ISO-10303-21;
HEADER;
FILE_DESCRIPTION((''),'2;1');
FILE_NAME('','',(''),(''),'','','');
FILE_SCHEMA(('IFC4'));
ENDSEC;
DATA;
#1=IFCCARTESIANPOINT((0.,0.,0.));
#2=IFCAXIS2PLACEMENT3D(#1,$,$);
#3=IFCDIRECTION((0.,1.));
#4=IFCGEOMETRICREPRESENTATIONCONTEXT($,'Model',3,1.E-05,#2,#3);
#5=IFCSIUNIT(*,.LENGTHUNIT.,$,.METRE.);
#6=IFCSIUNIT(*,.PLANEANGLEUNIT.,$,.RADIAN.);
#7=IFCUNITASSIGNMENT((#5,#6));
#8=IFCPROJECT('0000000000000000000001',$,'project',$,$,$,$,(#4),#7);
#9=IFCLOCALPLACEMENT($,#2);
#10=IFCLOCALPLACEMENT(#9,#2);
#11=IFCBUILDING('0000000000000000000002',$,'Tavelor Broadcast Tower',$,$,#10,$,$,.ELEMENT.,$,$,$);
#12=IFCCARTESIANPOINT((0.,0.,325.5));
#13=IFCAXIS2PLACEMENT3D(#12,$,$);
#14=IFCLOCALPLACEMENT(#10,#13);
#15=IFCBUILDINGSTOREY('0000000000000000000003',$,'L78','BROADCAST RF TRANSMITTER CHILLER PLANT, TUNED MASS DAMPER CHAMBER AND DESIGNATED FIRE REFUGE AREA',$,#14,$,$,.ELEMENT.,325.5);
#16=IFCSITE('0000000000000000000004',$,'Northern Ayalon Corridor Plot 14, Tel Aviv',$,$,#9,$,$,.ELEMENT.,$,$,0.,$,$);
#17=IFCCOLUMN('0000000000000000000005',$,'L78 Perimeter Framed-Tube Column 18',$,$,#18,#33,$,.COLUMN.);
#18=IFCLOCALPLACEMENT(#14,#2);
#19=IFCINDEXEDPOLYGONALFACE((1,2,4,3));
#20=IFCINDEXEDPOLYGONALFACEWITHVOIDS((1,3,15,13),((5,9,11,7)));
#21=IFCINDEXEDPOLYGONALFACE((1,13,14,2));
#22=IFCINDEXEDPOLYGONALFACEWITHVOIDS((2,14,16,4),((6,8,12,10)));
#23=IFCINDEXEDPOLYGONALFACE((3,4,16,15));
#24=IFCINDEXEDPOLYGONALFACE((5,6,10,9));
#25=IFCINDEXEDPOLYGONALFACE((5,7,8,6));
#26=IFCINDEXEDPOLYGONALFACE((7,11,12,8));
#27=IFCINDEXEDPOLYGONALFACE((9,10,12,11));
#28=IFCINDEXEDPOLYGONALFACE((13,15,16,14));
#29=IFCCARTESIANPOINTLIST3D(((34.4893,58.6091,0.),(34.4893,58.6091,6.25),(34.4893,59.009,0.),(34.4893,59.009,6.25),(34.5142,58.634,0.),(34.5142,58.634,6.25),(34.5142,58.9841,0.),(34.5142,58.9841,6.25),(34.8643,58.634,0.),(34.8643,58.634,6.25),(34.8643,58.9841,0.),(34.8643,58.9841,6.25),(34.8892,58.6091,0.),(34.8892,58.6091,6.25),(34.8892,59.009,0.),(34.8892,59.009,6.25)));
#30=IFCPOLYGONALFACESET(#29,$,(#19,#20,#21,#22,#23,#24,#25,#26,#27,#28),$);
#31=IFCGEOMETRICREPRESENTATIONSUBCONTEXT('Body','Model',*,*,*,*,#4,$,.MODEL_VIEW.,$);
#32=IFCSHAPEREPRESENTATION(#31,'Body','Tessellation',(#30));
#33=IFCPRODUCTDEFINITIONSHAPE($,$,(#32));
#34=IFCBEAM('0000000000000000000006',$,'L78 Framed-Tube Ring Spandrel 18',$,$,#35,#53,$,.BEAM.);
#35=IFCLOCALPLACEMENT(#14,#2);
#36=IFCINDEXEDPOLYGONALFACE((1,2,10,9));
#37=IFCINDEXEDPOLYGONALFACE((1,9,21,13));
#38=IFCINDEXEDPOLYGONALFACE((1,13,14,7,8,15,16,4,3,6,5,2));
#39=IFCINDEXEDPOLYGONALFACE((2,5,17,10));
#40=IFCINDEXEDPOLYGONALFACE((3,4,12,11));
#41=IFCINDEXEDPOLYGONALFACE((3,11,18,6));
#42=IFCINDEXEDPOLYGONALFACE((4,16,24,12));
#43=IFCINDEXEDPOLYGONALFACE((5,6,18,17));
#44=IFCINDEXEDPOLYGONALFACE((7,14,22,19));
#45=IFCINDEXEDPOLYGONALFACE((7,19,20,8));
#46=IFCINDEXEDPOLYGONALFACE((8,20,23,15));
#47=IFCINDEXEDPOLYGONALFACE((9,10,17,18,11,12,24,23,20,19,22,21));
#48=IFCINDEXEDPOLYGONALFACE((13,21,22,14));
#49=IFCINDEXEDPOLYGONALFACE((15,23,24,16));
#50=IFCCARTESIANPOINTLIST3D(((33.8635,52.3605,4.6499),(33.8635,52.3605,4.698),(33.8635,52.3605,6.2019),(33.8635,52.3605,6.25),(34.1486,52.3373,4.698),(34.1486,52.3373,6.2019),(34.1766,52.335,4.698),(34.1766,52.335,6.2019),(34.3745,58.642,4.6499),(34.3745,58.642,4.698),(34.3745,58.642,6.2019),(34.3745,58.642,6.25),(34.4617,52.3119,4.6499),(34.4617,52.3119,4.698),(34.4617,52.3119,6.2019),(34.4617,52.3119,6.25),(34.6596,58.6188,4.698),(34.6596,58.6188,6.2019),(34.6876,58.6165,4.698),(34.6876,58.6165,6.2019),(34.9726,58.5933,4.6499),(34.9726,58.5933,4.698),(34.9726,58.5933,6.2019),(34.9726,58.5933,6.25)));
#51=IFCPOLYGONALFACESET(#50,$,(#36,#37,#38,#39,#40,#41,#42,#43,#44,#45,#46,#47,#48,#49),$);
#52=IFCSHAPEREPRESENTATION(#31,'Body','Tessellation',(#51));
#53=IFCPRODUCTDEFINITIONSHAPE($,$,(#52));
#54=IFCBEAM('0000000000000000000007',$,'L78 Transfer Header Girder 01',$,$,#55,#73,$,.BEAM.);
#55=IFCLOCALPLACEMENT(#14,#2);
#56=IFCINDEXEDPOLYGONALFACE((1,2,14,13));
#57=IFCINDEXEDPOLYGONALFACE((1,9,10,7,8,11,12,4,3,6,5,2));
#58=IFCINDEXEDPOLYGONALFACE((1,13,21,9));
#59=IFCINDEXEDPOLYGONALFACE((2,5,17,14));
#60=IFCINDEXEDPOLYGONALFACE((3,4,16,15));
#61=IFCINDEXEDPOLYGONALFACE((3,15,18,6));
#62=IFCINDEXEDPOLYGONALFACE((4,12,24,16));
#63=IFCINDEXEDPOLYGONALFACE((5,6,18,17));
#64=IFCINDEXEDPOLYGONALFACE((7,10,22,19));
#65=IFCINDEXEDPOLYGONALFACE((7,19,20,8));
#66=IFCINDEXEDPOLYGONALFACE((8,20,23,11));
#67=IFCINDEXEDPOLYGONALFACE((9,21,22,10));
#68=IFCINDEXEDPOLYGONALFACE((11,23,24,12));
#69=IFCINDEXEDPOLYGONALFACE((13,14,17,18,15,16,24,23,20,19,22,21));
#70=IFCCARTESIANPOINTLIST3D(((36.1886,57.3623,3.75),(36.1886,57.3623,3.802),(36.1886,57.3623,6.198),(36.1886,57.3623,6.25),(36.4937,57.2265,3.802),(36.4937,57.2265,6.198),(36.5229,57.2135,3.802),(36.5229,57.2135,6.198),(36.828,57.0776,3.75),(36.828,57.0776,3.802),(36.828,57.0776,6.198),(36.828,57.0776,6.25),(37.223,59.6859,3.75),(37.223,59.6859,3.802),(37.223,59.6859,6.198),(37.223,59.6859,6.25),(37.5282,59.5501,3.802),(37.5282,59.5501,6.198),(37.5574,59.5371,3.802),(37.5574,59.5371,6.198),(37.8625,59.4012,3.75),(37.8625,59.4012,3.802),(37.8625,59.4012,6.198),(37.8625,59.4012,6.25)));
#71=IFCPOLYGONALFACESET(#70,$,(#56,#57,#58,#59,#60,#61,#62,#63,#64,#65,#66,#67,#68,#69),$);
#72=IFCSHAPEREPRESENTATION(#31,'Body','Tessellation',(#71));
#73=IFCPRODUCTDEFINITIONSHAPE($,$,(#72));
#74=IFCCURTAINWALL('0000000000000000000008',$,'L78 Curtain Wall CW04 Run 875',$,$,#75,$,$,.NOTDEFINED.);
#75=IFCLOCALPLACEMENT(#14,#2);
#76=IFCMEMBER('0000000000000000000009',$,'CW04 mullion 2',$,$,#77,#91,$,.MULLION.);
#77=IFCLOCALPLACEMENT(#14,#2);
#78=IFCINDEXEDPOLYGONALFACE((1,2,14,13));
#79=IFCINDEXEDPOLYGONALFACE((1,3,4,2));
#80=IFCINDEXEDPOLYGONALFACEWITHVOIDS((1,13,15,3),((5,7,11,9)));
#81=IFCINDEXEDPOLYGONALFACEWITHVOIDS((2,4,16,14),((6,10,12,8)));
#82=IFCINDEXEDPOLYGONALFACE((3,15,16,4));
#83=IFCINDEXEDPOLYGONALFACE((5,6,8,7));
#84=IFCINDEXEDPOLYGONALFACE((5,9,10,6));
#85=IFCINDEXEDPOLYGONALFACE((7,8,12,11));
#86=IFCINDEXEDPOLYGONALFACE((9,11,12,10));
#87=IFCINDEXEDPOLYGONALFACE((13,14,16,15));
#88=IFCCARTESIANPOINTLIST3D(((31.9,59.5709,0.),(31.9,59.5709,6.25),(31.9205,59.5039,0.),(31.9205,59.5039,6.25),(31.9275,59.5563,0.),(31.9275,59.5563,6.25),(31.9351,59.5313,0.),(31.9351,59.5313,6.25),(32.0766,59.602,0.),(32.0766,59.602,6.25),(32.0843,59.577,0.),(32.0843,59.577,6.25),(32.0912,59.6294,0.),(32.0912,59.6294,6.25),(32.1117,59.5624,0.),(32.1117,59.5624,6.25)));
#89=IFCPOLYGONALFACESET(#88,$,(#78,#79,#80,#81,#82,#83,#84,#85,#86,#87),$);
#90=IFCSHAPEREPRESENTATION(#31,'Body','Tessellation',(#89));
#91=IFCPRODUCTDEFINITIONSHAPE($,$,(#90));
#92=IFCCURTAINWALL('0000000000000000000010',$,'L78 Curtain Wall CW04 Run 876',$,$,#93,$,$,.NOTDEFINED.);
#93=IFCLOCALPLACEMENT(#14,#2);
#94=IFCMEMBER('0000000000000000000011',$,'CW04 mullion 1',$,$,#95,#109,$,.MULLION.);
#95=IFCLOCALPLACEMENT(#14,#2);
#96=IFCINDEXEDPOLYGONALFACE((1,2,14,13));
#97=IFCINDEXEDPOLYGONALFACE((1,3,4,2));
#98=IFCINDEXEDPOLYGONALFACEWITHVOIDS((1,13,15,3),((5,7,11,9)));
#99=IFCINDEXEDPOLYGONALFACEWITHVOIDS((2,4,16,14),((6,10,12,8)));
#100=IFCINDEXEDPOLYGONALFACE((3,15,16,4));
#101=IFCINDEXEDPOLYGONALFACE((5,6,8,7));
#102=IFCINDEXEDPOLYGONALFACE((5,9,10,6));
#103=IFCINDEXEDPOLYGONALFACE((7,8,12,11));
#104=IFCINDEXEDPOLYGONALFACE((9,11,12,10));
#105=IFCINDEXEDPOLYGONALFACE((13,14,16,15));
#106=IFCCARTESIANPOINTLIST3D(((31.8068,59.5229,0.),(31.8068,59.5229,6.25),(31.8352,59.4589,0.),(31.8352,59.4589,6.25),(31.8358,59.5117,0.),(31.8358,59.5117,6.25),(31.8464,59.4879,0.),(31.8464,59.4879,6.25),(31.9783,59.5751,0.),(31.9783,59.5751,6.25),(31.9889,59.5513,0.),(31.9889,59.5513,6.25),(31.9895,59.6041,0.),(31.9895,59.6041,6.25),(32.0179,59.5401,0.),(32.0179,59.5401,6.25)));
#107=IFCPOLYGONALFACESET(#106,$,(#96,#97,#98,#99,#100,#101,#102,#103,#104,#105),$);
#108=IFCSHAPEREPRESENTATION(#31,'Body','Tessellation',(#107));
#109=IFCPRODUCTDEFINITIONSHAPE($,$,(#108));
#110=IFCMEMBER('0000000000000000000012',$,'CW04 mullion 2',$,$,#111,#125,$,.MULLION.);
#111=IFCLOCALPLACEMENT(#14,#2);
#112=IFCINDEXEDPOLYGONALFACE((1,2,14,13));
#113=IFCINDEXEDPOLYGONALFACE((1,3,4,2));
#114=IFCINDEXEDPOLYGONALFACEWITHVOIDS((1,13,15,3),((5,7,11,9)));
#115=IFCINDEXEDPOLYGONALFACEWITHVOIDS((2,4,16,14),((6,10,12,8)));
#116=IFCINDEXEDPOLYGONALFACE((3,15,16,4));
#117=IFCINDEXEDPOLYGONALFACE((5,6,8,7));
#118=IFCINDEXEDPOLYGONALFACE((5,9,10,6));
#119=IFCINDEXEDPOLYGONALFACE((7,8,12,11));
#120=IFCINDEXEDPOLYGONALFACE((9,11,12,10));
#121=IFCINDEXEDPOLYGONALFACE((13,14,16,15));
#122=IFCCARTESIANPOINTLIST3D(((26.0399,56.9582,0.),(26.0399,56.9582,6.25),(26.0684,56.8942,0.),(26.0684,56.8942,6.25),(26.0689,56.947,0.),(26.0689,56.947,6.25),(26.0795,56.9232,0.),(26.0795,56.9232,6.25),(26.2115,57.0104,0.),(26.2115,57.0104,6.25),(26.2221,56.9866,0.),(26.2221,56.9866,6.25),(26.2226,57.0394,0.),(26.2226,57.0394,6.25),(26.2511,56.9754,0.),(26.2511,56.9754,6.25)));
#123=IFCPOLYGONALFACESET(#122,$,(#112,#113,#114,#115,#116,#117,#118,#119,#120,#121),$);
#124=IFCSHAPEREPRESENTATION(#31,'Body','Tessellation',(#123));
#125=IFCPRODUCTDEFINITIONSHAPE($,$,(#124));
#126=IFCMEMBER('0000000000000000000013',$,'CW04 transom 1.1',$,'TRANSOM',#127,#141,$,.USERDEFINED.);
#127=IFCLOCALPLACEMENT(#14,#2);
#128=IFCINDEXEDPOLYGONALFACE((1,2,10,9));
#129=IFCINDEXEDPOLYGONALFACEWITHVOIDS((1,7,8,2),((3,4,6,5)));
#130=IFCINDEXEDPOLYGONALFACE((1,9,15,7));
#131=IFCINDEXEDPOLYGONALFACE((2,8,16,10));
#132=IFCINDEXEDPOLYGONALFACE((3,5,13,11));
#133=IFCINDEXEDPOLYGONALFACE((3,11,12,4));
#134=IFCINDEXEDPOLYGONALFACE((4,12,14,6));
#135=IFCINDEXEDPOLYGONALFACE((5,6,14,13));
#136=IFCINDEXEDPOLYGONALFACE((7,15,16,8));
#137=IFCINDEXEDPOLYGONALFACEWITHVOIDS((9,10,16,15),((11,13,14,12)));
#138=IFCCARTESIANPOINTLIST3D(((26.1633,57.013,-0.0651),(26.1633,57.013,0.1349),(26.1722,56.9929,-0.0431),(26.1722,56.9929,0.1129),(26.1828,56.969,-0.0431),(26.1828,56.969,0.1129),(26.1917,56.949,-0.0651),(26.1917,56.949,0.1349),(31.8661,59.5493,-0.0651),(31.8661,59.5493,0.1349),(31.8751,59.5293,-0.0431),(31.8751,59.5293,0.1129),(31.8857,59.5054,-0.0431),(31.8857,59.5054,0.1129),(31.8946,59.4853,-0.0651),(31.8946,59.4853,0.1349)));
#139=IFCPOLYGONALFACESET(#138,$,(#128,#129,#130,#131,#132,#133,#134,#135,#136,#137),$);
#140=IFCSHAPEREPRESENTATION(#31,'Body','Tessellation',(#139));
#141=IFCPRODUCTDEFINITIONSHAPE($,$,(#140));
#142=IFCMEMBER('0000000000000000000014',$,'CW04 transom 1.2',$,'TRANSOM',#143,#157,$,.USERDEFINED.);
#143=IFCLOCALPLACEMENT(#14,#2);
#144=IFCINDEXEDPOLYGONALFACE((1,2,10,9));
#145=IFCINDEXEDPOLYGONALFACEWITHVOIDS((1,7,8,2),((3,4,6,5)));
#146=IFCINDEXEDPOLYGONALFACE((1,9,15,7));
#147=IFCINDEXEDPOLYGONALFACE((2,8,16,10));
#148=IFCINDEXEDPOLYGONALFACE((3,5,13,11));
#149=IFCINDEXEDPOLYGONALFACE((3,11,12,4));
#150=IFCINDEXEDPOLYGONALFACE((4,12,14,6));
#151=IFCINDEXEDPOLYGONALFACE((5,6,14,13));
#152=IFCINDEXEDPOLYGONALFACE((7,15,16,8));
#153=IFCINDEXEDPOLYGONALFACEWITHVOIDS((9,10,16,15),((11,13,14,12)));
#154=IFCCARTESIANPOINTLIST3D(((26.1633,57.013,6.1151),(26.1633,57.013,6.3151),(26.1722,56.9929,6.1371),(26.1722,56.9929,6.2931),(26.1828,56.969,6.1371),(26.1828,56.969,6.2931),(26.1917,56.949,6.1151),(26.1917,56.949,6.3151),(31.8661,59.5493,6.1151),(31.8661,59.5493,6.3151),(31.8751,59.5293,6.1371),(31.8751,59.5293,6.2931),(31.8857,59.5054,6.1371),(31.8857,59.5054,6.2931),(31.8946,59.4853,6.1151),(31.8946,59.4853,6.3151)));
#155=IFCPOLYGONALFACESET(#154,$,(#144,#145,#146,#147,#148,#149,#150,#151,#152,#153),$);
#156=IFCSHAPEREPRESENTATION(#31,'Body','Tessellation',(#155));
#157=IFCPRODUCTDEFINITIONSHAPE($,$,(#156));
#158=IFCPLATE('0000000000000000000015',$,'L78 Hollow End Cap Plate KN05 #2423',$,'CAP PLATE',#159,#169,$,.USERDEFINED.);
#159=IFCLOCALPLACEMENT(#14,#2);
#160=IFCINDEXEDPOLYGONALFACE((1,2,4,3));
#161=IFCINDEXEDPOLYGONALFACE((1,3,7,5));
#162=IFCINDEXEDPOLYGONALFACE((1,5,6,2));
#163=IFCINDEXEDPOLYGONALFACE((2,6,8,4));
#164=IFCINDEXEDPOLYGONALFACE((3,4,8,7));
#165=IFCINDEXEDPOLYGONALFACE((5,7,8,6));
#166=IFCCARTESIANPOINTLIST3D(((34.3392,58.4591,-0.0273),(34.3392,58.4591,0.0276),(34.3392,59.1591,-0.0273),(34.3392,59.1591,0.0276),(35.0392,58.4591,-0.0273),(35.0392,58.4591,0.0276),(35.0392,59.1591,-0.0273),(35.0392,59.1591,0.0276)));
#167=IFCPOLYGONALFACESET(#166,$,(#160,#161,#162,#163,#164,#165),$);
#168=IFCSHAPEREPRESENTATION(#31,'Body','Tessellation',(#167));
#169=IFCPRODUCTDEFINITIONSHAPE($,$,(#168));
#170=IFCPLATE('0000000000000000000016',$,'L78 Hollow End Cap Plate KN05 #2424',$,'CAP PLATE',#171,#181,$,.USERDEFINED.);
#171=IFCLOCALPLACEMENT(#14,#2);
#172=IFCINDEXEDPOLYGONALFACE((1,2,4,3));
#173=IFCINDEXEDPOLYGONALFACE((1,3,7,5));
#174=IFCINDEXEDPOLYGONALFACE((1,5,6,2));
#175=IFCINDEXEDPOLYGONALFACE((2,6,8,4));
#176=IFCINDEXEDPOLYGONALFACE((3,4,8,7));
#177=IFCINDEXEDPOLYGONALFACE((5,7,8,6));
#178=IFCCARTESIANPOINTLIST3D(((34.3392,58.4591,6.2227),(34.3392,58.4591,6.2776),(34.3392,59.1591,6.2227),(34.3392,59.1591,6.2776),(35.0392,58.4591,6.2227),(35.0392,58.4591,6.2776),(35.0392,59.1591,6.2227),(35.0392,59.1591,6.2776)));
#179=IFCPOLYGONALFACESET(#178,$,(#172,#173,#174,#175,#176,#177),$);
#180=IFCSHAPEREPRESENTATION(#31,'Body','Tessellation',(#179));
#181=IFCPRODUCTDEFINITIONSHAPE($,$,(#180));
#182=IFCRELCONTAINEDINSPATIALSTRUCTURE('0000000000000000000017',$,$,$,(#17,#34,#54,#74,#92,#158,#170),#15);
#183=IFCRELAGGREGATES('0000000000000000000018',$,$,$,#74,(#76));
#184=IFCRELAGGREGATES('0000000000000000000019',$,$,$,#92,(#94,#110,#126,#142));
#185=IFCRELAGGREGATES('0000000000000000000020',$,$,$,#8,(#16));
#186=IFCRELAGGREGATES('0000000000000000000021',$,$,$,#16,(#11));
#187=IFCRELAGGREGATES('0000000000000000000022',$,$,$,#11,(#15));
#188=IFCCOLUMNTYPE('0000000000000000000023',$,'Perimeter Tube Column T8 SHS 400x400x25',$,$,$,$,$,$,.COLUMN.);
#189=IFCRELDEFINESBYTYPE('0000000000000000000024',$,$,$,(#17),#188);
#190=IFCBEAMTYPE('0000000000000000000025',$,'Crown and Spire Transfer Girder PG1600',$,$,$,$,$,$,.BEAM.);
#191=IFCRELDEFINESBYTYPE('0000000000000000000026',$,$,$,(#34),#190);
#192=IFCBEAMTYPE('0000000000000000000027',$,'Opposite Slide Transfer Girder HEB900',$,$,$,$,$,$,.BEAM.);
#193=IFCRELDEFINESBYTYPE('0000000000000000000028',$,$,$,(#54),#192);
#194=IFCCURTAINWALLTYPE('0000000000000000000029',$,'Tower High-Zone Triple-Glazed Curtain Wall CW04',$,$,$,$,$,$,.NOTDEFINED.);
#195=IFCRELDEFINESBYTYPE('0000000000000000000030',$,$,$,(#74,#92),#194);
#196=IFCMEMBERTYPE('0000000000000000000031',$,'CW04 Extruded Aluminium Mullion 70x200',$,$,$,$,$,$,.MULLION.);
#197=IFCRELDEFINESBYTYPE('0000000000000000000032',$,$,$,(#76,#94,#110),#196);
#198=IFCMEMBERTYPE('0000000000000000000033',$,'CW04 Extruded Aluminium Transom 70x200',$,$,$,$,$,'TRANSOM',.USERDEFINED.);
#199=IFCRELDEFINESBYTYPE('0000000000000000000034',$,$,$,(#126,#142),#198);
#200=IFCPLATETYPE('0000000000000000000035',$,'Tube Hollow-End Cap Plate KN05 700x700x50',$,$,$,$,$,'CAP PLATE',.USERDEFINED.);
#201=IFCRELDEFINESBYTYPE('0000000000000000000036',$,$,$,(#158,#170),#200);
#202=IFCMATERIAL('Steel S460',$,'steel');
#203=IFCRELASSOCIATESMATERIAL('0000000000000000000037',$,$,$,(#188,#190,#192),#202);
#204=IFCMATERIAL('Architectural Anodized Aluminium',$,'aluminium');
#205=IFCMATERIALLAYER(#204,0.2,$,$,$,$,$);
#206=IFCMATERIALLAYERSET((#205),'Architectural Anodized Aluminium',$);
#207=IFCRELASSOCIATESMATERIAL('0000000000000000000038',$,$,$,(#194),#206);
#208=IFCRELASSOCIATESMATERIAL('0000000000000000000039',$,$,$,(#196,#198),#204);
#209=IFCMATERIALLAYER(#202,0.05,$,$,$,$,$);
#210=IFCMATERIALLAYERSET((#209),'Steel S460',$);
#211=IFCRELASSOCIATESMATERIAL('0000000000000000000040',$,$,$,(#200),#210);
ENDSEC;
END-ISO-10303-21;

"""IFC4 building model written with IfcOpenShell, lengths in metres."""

from ifc_helpers import new_model, si_unit, direction, frame, origin, origin_2d, place, context, subcontext, project, spatial, rectangle, hollow_rectangle, i_section, extrude, source, transform, mapped, material, layer, layer_set, material_profile, profile_set, type_object, type_shapes, element, aggregate, save


model = new_model("IFC4")

# Units and contexts
model_context = context("Model", 3, precision=1e-05, world=origin(), true_north=direction((0.0, 1.0)))
body_context = subcontext(model_context, "Body", "Model", "MODEL_VIEW")
ifc_project = project(units=[si_unit("LENGTHUNIT", "METRE"), si_unit("PLANEANGLEUNIT", "RADIAN")], contexts=[model_context])

# Site, building, storey
site_placement = place(None, origin())
site = spatial("IfcSite", under=ifc_project, at=site_placement, Name="Northern Ayalon Corridor Plot 14, Tel Aviv", CompositionType="ELEMENT", RefElevation=0.0)
building_placement = place(site_placement, origin())
building = spatial("IfcBuilding", under=site, at=building_placement, Name="Tavelor Broadcast Tower", CompositionType="ELEMENT")
storey_placement = place(building_placement, frame((0.0, 0.0, 325.5)))
storey = spatial("IfcBuildingStorey", under=building, at=storey_placement, Name="L78", Description="BROADCAST RF TRANSMITTER CHILLER PLANT, TUNED MASS DAMPER CHAMBER AND DESIGNATED FIRE REFUGE AREA", CompositionType="ELEMENT", Elevation=325.5)

# Column
ifc_material_1 = material(Name="Steel S460", Category="steel")
ifc_material_profile_1 = material_profile(ifc_material_1, hollow_rectangle(XDim=0.3999, YDim=0.3999, WallThickness=0.0249, at=origin_2d()), Name="SHS 400x400x25")
ifc_profile_set_1 = profile_set([ifc_material_profile_1], Name="Steel S460")
column_type = type_object("IfcColumnType", Name="Perimeter Tube Column T8 SHS 400x400x25", PredefinedType="COLUMN", material=ifc_profile_set_1)
column_placement = place(storey_placement, frame((34.6892, 58.8091, 0.0), z_axis=(0.0, 0.0, 1.0), x_axis=(1.0, 0.0, 0.0)))
element("IfcColumn", 1, at=column_placement, inside=storey, type_object=column_type, Name="L78 Perimeter Framed-Tube Column 18", PredefinedType="COLUMN", context=body_context, shape_type="SweptSolid", body=[
    extrude(hollow_rectangle(XDim=0.3999, YDim=0.3999, WallThickness=0.0249, at=origin_2d()), origin(), (0.0, 0.0, 1.0), 6.25),
])

# Beams
ifc_material_profile_2 = material_profile(ifc_material_1, i_section(OverallWidth=0.6001, OverallDepth=1.6001, WebThickness=0.0281, FlangeThickness=0.0481, at=origin_2d()), Name="PG 1600x600")
ifc_profile_set_2 = profile_set([ifc_material_profile_2], Name="Steel S460")
beam_type_1 = type_object("IfcBeamType", Name="Crown and Spire Transfer Girder PG1600", PredefinedType="BEAM", material=ifc_profile_set_2)
beam_1_placement = place(storey_placement, frame((34.6736, 58.6177, 5.45), z_axis=(-0.08108, -0.996708, 0.0), x_axis=(0.996708, -0.08108, 0.0)))
element("IfcBeam", 2, at=beam_1_placement, inside=storey, type_object=beam_type_1, Name="L78 Framed-Tube Ring Spandrel 18", PredefinedType="BEAM", context=body_context, shape_type="SweptSolid", body=[
    extrude(i_section(OverallWidth=0.6001, OverallDepth=1.6001, WebThickness=0.0281, FlangeThickness=0.0481, at=origin_2d()), origin(), (0.0, 0.0, 1.0), 6.3022),
])
ifc_material_profile_3 = material_profile(ifc_material_1, i_section(OverallWidth=0.7, OverallDepth=2.5, WebThickness=0.032, FlangeThickness=0.052, at=origin_2d()), Name="PG 2500x700")
ifc_profile_set_3 = profile_set([ifc_material_profile_3], Name="Steel S460")
beam_type_2 = type_object("IfcBeamType", Name="Opposite Slide Transfer Girder HEB900", PredefinedType="BEAM", material=ifc_profile_set_3)
beam_2_placement = place(storey_placement, frame((36.5083, 57.22, 5.0), z_axis=(0.406717, 0.913554, 0.0), x_axis=(-0.913554, 0.406717, 0.0)))
element("IfcBeam", 3, at=beam_2_placement, inside=storey, type_object=beam_type_2, Name="L78 Transfer Header Girder 01", PredefinedType="BEAM", context=body_context, shape_type="SweptSolid", body=[
    extrude(i_section(OverallWidth=0.7, OverallDepth=2.5, WebThickness=0.032, FlangeThickness=0.052, at=origin_2d()), origin(), (0.0, 0.0, 1.0), 2.5435),
])

# Curtain wall, member
ifc_material_2 = material(Name="Architectural Anodized Aluminium", Category="aluminium")
ifc_layer_1 = layer(ifc_material_2, 0.2)
ifc_layer_set_1 = layer_set([ifc_layer_1], Name="Architectural Anodized Aluminium")
curtain_wall_type = type_object("IfcCurtainWallType", Name="Tower High-Zone Triple-Glazed Curtain Wall CW04", PredefinedType="NOTDEFINED", material=ifc_layer_set_1)
curtain_wall_1_placement = place(storey_placement, origin())
curtain_wall_1 = element("IfcCurtainWall", 4, at=curtain_wall_1_placement, inside=storey, type_object=curtain_wall_type, Name="L78 Curtain Wall CW04 Run 875", PredefinedType="NOTDEFINED")
ifc_material_profile_4 = material_profile(ifc_material_2, hollow_rectangle(XDim=0.0701, YDim=0.2, WallThickness=0.022, at=origin_2d()), Name="RHS 70x200x22")
ifc_profile_set_4 = profile_set([ifc_material_profile_4], Name="Architectural Anodized Aluminium")
member_type_1 = type_object("IfcMemberType", Name="CW04 Extruded Aluminium Mullion 70x200", PredefinedType="MULLION", material=ifc_profile_set_4)
shared_shape_1 = source(origin(), body_context, "Body", "SweptSolid", [
    extrude(hollow_rectangle(XDim=0.0701, YDim=0.2, WallThickness=0.022, at=origin_2d()), origin(), (0.0, 0.0, 1.0), 6.25),
])
type_shapes(member_type_1, [shared_shape_1])
member_1_placement = place(storey_placement, frame((32.0059, 59.5667, 0.0), z_axis=(0.0, 0.0, 1.0), x_axis=(0.292813, -0.95617, 0.0)))
member_1 = element("IfcMember", 5, at=member_1_placement, type_object=member_type_1, Name="CW04 mullion 2", PredefinedType="MULLION", context=body_context, shape_type="MappedRepresentation", body=[
    mapped(shared_shape_1, transform((0.0, 0.0, 0.0), scale=1.0)),
])

# Curtain wall, members
curtain_wall_2_placement = place(storey_placement, origin())
curtain_wall_2 = element("IfcCurtainWall", 6, at=curtain_wall_2_placement, inside=storey, type_object=curtain_wall_type, Name="L78 Curtain Wall CW04 Run 876", PredefinedType="NOTDEFINED")
member_2_placement = place(storey_placement, frame((31.9124, 59.5315, 0.0), z_axis=(0.0, 0.0, 1.0), x_axis=(0.406365, -0.913711, 0.0)))
member_2 = element("IfcMember", 7, at=member_2_placement, type_object=member_type_1, Name="CW04 mullion 1", PredefinedType="MULLION", context=body_context, shape_type="MappedRepresentation", body=[
    mapped(shared_shape_1, transform((0.0, 0.0, 0.0), scale=1.0)),
])
member_3_placement = place(storey_placement, frame((26.1455, 56.9668, 0.0), z_axis=(0.0, 0.0, 1.0), x_axis=(0.406365, -0.913711, 0.0)))
member_3 = element("IfcMember", 8, at=member_3_placement, type_object=member_type_1, Name="CW04 mullion 2", PredefinedType="MULLION", context=body_context, shape_type="MappedRepresentation", body=[
    mapped(shared_shape_1, transform((0.0, 0.0, 0.0), scale=1.0)),
])
ifc_material_profile_5 = material_profile(ifc_material_2, hollow_rectangle(XDim=0.0701, YDim=0.2, WallThickness=0.022, at=origin_2d()), Name="RHS 70x200x22")
ifc_profile_set_5 = profile_set([ifc_material_profile_5], Name="Architectural Anodized Aluminium")
member_type_2 = type_object("IfcMemberType", Name="CW04 Extruded Aluminium Transom 70x200", ElementType="TRANSOM", PredefinedType="USERDEFINED", material=ifc_profile_set_5)
shared_shape_2 = source(origin(), body_context, "Body", "SweptSolid", [
    extrude(hollow_rectangle(XDim=0.0701, YDim=0.2, WallThickness=0.022, at=origin_2d()), origin(), (0.0, 0.0, 1.0), 6.2415),
])
type_shapes(member_type_2, [shared_shape_2])
member_4_placement = place(storey_placement, frame((31.8804, 59.5173, 0.0349), z_axis=(-0.913707, -0.406374, 0.0), x_axis=(0.406374, -0.913707, 0.0)))
member_4 = element("IfcMember", 9, at=member_4_placement, type_object=member_type_2, Name="CW04 transom 1.1", ObjectType="TRANSOM", PredefinedType="USERDEFINED", context=body_context, shape_type="MappedRepresentation", body=[
    mapped(shared_shape_2, transform((0.0, 0.0, 0.0), scale=1.0)),
])
member_5_placement = place(storey_placement, frame((31.8804, 59.5173, 6.2151), z_axis=(-0.913707, -0.406374, 0.0), x_axis=(0.406374, -0.913707, 0.0)))
member_5 = element("IfcMember", 10, at=member_5_placement, type_object=member_type_2, Name="CW04 transom 1.2", ObjectType="TRANSOM", PredefinedType="USERDEFINED", context=body_context, shape_type="MappedRepresentation", body=[
    mapped(shared_shape_2, transform((0.0, 0.0, 0.0), scale=1.0)),
])

# Plates
ifc_layer_2 = layer(ifc_material_1, 0.05)
ifc_layer_set_2 = layer_set([ifc_layer_2], Name="Steel S460")
plate_type_1 = type_object("IfcPlateType", Name="Tube Hollow-End Cap Plate KN05 700x700x50", ElementType="CAP PLATE", PredefinedType="USERDEFINED", material=ifc_layer_set_2)
shared_shape_3 = source(origin(), body_context, "Body", "SweptSolid", [
    extrude(rectangle(XDim=0.7, YDim=0.7, at=origin_2d()), origin(), (0.0, 0.0, 1.0), 0.0549),
])
type_shapes(plate_type_1, [shared_shape_3])
for number, where, z_axis, x_axis, name in (
    (11, (34.6892, 58.8091, -0.0273), (0.0, 0.0, 1.0), (1.0, 0.0, 0.0), "L78 Hollow End Cap Plate KN05 #2423"),
    (12, (34.6892, 58.8091, 6.2227), (0.0, 0.0, 1.0), (1.0, 0.0, 0.0), "L78 Hollow End Cap Plate KN05 #2424"),
):
    element("IfcPlate", number, at=place(storey_placement, frame(where, z_axis=z_axis, x_axis=x_axis)), inside=storey, type_object=plate_type_1, Name=name, ObjectType="CAP PLATE", PredefinedType="USERDEFINED", context=body_context, shape_type="MappedRepresentation", body=[
        mapped(shared_shape_3, transform((0.0, 0.0, 0.0), scale=1.0)),
    ])

aggregate(curtain_wall_1, [member_1])
aggregate(curtain_wall_2, [member_2, member_3, member_4, member_5])

save(model, "model.ifc")
